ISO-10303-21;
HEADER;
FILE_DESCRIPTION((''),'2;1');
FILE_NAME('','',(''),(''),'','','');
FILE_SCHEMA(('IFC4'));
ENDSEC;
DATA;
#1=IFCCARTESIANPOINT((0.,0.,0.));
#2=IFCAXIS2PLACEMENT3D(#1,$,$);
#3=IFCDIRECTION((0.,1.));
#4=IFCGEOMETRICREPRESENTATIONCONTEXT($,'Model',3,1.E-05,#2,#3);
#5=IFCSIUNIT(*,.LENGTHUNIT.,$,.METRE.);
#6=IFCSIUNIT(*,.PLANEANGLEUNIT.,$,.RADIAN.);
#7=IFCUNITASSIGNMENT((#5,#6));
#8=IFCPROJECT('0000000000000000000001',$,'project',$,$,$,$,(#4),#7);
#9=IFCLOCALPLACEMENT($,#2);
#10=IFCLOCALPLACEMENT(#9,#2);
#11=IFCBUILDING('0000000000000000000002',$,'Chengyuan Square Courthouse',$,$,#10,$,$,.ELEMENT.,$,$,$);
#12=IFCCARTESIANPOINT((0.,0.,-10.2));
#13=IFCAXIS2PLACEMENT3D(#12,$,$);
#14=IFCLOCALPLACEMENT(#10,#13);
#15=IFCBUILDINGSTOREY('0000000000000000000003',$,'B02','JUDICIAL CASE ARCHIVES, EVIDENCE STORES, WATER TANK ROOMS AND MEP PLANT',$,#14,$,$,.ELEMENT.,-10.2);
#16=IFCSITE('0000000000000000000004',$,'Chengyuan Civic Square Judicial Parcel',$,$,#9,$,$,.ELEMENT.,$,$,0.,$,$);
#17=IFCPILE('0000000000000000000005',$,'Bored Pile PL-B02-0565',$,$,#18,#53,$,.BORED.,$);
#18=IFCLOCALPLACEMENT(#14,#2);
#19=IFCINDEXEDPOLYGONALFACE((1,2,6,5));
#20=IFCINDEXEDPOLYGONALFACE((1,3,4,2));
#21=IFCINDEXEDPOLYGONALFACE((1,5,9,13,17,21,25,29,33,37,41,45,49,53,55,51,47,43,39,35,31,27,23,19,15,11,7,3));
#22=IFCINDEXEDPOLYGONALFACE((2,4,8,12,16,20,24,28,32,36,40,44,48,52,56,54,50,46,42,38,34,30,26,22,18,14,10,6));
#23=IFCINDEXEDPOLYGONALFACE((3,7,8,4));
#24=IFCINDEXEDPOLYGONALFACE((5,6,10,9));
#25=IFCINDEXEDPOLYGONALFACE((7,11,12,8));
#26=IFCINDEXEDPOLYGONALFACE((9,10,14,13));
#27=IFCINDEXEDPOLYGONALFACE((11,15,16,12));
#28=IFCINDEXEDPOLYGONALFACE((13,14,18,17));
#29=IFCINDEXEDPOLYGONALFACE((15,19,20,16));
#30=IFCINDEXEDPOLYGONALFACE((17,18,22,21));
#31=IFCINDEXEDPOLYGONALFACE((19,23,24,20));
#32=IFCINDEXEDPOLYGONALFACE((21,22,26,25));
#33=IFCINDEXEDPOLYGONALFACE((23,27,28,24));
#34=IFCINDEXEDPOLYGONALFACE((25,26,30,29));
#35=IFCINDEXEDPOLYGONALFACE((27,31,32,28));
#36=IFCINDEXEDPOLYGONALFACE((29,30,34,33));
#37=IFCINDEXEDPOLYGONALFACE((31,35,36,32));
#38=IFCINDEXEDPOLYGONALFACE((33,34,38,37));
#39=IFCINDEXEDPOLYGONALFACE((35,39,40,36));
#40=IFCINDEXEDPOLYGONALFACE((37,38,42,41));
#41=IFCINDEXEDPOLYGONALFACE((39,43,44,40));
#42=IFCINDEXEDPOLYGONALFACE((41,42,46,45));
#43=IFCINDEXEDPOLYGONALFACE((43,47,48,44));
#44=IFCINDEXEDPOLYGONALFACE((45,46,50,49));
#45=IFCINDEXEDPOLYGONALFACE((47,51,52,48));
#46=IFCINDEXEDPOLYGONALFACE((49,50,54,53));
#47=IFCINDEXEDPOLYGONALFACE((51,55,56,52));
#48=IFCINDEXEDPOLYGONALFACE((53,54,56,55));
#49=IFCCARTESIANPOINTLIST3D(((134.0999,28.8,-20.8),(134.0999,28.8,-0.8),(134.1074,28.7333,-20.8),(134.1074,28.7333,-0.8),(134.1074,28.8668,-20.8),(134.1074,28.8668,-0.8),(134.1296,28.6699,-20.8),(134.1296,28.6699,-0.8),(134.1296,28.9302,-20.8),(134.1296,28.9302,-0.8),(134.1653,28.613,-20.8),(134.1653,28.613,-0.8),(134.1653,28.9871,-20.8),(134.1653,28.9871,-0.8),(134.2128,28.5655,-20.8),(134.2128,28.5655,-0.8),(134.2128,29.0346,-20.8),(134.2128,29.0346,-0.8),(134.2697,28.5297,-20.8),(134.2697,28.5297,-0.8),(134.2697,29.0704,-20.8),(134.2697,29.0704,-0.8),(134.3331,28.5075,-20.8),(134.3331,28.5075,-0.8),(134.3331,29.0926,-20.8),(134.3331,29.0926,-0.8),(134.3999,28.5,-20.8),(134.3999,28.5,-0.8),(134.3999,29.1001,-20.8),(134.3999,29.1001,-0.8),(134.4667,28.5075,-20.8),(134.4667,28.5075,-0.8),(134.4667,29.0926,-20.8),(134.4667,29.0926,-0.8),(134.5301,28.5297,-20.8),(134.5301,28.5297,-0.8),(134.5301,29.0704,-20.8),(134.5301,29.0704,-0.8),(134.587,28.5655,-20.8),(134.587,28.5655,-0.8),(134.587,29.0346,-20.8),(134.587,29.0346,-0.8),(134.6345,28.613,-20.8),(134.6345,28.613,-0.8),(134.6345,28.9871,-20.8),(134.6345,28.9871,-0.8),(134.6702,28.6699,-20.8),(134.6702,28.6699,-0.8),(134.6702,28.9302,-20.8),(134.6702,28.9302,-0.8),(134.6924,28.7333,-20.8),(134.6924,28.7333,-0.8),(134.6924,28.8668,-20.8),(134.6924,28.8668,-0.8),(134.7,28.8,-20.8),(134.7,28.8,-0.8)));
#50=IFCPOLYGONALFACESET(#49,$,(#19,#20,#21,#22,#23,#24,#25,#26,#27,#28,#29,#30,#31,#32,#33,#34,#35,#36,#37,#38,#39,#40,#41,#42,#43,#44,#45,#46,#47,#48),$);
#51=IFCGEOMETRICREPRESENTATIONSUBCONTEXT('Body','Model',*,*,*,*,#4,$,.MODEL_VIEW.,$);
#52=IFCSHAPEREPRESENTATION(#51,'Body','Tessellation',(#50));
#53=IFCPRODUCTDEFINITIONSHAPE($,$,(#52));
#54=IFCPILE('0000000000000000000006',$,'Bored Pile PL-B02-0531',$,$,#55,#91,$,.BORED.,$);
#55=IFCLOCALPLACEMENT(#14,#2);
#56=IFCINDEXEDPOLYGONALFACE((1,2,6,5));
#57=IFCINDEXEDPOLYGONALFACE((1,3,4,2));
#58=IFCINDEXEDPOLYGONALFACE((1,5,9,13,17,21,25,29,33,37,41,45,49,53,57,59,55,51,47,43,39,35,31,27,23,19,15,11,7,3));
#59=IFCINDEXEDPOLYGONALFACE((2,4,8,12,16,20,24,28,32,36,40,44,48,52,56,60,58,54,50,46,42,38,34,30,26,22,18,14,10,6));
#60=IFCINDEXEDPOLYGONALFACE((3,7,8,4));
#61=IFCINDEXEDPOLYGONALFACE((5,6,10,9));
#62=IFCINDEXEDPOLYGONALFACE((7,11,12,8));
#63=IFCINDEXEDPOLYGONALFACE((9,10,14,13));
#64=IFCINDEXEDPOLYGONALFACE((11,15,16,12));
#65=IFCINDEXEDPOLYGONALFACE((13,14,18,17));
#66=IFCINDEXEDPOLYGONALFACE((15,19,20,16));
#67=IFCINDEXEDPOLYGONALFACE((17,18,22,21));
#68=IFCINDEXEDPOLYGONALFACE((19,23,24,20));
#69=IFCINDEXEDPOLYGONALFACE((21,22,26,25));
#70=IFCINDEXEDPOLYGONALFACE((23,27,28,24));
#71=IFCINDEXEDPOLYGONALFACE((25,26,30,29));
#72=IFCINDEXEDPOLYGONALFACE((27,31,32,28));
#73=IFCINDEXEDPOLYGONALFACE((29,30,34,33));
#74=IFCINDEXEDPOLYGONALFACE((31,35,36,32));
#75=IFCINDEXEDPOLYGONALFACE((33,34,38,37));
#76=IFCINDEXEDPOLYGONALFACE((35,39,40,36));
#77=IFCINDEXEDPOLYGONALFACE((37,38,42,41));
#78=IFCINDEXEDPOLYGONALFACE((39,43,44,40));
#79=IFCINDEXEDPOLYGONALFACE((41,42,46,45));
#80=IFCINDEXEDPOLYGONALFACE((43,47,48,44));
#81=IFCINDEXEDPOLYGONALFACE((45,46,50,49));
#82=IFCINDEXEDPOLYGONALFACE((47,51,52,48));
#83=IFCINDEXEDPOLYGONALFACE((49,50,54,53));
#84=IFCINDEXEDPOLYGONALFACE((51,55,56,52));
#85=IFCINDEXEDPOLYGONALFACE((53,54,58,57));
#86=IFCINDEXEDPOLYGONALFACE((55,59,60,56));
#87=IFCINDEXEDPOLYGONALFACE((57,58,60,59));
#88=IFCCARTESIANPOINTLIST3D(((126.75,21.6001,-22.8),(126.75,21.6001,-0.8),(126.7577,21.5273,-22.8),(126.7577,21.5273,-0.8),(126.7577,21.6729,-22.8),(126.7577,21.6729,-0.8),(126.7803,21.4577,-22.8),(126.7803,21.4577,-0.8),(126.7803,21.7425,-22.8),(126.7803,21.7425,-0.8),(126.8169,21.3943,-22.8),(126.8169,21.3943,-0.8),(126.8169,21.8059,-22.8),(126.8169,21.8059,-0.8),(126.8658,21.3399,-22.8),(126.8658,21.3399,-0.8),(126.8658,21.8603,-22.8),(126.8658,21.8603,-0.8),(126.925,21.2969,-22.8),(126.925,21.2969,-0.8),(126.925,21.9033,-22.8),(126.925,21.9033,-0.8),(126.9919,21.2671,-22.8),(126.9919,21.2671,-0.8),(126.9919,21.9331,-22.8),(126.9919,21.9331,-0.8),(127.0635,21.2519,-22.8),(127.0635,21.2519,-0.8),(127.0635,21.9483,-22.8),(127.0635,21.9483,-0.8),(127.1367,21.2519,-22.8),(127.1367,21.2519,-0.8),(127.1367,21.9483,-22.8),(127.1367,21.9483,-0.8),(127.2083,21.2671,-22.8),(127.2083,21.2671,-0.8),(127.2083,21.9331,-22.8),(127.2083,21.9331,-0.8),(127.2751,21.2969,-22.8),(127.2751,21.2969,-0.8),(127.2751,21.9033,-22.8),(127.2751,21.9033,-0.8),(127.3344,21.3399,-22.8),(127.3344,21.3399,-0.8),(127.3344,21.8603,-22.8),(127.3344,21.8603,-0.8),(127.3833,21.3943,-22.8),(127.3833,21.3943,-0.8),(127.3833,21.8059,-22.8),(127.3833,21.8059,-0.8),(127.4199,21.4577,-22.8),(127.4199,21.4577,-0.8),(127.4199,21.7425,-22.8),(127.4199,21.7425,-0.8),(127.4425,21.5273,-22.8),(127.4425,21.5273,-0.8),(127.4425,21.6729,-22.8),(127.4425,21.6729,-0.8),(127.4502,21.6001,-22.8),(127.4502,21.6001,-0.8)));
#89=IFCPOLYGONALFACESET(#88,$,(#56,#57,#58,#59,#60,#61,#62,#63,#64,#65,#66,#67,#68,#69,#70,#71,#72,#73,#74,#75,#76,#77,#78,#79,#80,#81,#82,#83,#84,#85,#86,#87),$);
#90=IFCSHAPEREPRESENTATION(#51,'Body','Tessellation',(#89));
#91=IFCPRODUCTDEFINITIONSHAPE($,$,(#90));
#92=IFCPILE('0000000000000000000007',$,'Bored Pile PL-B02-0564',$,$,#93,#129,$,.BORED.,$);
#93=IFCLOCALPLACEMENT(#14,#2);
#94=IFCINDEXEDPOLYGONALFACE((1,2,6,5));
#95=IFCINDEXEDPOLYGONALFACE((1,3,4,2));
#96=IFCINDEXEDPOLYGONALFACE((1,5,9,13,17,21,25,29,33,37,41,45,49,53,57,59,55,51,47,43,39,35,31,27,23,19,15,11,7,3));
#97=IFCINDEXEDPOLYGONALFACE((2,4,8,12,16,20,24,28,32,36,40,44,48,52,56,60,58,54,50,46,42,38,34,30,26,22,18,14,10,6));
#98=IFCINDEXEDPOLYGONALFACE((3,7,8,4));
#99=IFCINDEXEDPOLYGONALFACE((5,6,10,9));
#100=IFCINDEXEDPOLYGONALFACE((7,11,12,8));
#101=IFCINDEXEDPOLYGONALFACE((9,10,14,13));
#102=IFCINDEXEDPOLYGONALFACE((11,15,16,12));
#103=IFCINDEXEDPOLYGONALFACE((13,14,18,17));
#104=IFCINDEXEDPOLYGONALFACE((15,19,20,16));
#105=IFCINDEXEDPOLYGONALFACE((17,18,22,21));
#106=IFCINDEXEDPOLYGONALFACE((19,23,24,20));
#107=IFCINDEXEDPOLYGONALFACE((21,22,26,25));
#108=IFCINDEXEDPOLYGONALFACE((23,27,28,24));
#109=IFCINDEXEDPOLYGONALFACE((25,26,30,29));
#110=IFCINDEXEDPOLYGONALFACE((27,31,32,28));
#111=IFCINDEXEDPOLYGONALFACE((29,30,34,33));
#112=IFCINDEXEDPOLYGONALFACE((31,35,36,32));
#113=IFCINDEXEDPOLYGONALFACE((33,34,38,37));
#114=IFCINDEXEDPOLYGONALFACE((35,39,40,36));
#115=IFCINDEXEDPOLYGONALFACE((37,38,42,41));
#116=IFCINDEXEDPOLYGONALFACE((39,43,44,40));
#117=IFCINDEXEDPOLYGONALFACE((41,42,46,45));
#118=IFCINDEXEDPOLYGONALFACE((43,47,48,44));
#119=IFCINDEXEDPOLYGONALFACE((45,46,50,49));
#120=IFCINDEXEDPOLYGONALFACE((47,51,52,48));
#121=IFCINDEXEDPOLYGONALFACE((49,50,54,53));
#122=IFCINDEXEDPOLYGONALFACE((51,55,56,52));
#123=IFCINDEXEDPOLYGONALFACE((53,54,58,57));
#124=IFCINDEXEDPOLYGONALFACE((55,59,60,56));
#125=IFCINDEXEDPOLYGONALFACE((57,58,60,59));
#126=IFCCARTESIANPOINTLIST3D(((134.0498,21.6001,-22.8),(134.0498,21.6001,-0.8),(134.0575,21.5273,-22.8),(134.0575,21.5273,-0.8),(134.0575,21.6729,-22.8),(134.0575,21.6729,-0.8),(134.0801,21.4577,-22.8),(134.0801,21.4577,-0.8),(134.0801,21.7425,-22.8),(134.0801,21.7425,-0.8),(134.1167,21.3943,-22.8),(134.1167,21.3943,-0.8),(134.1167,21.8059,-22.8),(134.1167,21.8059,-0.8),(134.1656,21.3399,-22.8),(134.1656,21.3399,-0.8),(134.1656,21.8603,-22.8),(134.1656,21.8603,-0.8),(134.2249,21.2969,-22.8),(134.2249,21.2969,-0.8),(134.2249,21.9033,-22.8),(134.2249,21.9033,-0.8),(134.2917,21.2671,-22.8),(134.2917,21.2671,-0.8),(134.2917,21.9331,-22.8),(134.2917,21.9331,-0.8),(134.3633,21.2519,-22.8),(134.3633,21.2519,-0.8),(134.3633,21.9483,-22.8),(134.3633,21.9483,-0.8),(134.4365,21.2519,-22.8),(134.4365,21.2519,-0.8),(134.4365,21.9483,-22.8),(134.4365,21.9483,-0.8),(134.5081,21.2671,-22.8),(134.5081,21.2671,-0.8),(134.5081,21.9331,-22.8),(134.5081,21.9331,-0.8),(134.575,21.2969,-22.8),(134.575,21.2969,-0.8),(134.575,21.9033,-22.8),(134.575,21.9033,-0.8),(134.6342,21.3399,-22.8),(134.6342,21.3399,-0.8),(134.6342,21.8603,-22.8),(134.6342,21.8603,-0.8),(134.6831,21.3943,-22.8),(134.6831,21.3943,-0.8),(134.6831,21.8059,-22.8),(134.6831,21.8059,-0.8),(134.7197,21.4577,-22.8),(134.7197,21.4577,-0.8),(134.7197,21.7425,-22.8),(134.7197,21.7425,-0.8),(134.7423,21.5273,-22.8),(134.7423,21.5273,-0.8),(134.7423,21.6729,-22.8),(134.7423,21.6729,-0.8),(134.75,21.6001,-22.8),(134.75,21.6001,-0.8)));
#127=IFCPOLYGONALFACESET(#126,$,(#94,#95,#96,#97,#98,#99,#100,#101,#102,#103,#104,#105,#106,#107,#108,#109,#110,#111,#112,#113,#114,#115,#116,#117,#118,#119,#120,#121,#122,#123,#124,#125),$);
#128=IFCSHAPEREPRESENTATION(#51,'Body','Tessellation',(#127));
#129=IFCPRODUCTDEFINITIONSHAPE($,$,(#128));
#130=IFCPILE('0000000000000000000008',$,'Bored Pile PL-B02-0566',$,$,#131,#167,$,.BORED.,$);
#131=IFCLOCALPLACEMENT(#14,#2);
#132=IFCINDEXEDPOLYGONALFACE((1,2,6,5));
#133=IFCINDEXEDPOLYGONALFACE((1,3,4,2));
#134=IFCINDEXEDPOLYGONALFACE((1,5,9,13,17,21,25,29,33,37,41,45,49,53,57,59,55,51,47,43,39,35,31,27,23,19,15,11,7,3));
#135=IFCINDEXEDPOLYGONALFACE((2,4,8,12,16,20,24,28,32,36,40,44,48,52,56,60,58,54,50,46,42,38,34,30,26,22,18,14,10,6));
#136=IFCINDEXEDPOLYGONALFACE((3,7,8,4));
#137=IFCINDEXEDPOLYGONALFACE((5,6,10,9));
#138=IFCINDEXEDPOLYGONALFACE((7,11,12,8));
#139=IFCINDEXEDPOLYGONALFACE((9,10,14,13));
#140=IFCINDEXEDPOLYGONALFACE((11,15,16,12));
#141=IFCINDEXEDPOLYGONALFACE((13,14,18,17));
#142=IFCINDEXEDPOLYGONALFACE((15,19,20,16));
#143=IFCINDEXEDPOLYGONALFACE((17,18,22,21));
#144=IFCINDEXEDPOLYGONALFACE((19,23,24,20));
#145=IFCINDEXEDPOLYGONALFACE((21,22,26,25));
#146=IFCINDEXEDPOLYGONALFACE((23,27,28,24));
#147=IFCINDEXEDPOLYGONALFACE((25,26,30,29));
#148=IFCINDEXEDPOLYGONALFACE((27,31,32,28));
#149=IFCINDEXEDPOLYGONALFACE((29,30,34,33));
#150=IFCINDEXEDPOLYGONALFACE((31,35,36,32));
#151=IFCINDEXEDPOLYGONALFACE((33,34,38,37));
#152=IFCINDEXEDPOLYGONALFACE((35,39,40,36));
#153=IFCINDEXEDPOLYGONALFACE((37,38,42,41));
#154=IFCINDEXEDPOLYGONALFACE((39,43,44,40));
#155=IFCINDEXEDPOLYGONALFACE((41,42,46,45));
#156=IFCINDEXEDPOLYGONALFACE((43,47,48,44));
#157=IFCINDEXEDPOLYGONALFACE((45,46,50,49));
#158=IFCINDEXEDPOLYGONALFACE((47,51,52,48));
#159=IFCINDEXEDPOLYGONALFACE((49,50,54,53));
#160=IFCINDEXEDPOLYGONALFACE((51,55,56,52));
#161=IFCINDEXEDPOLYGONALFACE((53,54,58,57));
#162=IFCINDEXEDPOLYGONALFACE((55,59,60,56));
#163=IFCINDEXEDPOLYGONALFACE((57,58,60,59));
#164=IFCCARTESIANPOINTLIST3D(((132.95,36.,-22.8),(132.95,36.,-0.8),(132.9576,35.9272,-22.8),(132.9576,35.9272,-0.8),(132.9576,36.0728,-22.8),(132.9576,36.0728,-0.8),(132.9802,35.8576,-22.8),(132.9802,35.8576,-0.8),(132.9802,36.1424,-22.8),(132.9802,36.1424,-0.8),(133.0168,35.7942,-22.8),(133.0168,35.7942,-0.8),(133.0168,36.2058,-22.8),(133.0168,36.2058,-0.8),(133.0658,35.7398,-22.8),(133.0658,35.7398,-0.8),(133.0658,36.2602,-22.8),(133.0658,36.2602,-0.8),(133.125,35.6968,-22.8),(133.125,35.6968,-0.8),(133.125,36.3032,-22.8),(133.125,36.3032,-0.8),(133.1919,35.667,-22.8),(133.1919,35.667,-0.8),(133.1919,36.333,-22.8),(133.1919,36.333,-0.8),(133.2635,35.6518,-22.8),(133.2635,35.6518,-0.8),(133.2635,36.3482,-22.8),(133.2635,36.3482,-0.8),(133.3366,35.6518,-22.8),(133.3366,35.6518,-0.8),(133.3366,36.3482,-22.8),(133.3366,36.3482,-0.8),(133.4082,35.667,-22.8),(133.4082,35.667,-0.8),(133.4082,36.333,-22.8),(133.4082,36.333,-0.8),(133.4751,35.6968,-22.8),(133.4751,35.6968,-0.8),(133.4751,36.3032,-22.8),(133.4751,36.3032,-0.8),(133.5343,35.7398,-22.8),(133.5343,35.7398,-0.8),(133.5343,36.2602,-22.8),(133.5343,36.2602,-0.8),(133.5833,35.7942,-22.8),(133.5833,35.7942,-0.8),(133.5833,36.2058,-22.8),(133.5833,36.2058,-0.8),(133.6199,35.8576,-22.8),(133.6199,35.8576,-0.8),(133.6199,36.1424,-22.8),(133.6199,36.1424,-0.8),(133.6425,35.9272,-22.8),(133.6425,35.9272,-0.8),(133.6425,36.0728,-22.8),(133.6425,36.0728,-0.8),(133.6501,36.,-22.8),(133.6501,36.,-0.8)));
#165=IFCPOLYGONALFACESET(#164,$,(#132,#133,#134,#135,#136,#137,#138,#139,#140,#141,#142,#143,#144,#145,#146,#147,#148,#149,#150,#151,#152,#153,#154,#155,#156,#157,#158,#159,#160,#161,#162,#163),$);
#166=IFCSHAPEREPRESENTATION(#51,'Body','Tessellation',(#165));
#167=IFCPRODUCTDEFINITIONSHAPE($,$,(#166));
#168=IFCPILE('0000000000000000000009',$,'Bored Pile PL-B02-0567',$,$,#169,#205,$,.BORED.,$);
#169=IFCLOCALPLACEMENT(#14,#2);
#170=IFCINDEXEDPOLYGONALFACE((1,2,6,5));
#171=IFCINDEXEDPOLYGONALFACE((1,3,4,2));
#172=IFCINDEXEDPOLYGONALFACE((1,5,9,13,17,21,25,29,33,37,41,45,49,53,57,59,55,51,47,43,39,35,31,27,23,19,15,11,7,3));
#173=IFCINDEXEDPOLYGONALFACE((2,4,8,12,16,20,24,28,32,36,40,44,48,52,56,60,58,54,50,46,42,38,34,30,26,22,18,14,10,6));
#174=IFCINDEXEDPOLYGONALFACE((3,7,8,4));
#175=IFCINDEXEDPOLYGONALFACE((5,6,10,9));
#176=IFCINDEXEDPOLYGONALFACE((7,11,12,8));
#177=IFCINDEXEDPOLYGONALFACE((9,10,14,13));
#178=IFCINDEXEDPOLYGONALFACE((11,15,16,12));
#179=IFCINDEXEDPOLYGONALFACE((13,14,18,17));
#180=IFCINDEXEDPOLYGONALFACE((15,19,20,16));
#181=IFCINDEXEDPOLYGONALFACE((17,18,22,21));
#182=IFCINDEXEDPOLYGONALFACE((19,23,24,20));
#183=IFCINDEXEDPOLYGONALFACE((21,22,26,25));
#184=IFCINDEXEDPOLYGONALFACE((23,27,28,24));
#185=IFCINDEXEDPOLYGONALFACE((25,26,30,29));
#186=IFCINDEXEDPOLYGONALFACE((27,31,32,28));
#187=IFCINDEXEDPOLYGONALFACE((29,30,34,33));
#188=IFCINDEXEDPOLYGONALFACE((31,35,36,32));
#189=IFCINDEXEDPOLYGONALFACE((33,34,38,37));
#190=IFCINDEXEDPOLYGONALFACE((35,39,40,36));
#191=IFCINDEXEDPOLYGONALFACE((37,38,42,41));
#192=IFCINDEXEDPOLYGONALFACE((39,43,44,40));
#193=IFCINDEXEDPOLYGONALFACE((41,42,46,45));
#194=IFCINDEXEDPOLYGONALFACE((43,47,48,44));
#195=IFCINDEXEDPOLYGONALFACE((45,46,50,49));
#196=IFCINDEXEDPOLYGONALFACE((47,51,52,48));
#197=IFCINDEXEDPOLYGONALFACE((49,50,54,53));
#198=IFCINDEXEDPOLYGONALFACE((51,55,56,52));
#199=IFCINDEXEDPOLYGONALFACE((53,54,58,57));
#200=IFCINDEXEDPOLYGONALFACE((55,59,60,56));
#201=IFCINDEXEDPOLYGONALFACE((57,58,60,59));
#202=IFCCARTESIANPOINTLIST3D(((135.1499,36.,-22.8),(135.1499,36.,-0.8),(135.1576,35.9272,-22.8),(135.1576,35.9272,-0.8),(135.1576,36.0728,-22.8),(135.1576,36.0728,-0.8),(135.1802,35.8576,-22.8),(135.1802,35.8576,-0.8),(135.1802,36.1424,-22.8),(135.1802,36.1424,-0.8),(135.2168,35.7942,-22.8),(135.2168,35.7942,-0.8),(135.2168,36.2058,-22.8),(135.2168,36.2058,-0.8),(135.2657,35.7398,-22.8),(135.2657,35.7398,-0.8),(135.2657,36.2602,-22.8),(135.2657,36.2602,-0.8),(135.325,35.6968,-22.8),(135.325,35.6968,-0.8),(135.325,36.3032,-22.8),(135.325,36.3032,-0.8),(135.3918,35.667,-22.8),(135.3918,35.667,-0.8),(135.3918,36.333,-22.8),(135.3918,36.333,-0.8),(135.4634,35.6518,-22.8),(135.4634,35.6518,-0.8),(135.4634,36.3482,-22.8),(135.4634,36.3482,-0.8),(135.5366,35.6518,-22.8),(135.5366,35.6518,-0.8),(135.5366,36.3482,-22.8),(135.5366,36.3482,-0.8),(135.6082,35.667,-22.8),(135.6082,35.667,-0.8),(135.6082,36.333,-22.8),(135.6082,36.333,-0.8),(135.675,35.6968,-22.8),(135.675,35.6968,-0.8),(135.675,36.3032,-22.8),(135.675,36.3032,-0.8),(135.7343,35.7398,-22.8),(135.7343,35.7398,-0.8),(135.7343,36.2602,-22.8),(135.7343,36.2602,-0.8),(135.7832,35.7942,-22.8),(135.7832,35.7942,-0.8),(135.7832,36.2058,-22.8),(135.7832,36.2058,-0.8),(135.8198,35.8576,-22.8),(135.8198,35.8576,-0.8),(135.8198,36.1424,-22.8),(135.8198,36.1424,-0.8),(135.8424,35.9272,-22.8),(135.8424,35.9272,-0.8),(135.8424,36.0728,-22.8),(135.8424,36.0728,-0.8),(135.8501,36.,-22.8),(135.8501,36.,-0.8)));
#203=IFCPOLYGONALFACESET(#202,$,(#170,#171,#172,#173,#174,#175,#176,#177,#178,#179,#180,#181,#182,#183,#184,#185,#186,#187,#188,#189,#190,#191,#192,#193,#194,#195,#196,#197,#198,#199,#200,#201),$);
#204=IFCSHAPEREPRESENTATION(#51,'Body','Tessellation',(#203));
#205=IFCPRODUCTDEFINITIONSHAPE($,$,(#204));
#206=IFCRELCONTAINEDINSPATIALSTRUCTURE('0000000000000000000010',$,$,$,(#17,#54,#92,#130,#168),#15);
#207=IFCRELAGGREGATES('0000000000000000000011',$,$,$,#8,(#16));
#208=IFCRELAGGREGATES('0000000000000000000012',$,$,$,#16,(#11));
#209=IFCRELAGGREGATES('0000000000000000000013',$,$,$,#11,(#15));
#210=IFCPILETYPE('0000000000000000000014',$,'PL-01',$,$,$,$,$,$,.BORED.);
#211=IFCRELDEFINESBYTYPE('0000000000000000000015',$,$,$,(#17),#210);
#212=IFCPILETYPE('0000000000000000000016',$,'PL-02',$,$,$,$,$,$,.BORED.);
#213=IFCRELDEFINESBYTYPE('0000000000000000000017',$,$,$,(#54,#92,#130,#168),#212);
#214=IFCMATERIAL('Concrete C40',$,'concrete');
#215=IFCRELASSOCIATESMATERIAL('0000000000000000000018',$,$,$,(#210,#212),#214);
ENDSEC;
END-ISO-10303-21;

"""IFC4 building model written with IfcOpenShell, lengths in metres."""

from ifc_helpers import new_model, si_unit, direction, frame, origin, origin_2d, place, context, subcontext, project, spatial, circle, extrude, material, material_profile, profile_set, type_object, element, save


model = new_model("IFC4")

# Units and contexts
model_context = context("Model", 3, precision=1e-05, world=origin(), true_north=direction((0.0, 1.0)))
body_context = subcontext(model_context, "Body", "Model", "MODEL_VIEW")
ifc_project = project(units=[si_unit("LENGTHUNIT", "METRE"), si_unit("PLANEANGLEUNIT", "RADIAN")], contexts=[model_context])

# Site, building, storey
site_placement = place(None, origin())
site = spatial("IfcSite", under=ifc_project, at=site_placement, Name="Chengyuan Civic Square Judicial Parcel", CompositionType="ELEMENT", RefElevation=0.0)
building_placement = place(site_placement, origin())
building = spatial("IfcBuilding", under=site, at=building_placement, Name="Chengyuan Square Courthouse", CompositionType="ELEMENT")
storey_placement = place(building_placement, frame((0.0, 0.0, -10.2)))
storey = spatial("IfcBuildingStorey", under=building, at=storey_placement, Name="B02", Description="JUDICIAL CASE ARCHIVES, EVIDENCE STORES, WATER TANK ROOMS AND MEP PLANT", CompositionType="ELEMENT", Elevation=-10.2)

# Shared definitions
ifc_material_1 = material(Name="Concrete C40", Category="concrete")

# Piles
ifc_material_profile_1 = material_profile(ifc_material_1, circle(Radius=0.3, at=origin_2d()), Name="BORED PILE D600")
ifc_profile_set_1 = profile_set([ifc_material_profile_1], Name="Concrete C40")
pile_type_1 = type_object("IfcPileType", Name="PL-01", PredefinedType="BORED", material=ifc_profile_set_1)
pile_placement = place(storey_placement, frame((134.3999, 28.8, -0.8), z_axis=(0.0, 0.0, -1.0), x_axis=(1.0, 0.0, 0.0)))
element("IfcPile", 1, at=pile_placement, inside=storey, type_object=pile_type_1, Name="Bored Pile PL-B02-0565", PredefinedType="BORED", context=body_context, shape_type="SweptSolid", body=[
    extrude(circle(Radius=0.3, at=origin_2d()), origin(), (0.0, 0.0, 1.0), 20.0),
])
ifc_material_profile_2 = material_profile(ifc_material_1, circle(Radius=0.3501, at=origin_2d()), Name="BORED PILE D700")
ifc_profile_set_2 = profile_set([ifc_material_profile_2], Name="Concrete C40")
pile_type_2 = type_object("IfcPileType", Name="PL-02", PredefinedType="BORED", material=ifc_profile_set_2)
for number, where, z_axis, x_axis, name in (
    (2, (127.1001, 21.6001, -0.8), (0.0, 0.0, -1.0), (1.0, 0.0, 0.0), "Bored Pile PL-B02-0531"),
    (3, (134.3999, 21.6001, -0.8), (0.0, 0.0, -1.0), (1.0, 0.0, 0.0), "Bored Pile PL-B02-0564"),
    (4, (133.3, 36.0, -0.8), (0.0, 0.0, -1.0), (1.0, 0.0, 0.0), "Bored Pile PL-B02-0566"),
    (5, (135.5, 36.0, -0.8), (0.0, 0.0, -1.0), (1.0, 0.0, 0.0), "Bored Pile PL-B02-0567"),
):
    element("IfcPile", number, at=place(storey_placement, frame(where, z_axis=z_axis, x_axis=x_axis)), inside=storey, type_object=pile_type_2, Name=name, PredefinedType="BORED", context=body_context, shape_type="SweptSolid", body=[
        extrude(circle(Radius=0.3501, at=origin_2d()), origin(), (0.0, 0.0, 1.0), 22.0),
    ])

save(model, "model.ifc")
